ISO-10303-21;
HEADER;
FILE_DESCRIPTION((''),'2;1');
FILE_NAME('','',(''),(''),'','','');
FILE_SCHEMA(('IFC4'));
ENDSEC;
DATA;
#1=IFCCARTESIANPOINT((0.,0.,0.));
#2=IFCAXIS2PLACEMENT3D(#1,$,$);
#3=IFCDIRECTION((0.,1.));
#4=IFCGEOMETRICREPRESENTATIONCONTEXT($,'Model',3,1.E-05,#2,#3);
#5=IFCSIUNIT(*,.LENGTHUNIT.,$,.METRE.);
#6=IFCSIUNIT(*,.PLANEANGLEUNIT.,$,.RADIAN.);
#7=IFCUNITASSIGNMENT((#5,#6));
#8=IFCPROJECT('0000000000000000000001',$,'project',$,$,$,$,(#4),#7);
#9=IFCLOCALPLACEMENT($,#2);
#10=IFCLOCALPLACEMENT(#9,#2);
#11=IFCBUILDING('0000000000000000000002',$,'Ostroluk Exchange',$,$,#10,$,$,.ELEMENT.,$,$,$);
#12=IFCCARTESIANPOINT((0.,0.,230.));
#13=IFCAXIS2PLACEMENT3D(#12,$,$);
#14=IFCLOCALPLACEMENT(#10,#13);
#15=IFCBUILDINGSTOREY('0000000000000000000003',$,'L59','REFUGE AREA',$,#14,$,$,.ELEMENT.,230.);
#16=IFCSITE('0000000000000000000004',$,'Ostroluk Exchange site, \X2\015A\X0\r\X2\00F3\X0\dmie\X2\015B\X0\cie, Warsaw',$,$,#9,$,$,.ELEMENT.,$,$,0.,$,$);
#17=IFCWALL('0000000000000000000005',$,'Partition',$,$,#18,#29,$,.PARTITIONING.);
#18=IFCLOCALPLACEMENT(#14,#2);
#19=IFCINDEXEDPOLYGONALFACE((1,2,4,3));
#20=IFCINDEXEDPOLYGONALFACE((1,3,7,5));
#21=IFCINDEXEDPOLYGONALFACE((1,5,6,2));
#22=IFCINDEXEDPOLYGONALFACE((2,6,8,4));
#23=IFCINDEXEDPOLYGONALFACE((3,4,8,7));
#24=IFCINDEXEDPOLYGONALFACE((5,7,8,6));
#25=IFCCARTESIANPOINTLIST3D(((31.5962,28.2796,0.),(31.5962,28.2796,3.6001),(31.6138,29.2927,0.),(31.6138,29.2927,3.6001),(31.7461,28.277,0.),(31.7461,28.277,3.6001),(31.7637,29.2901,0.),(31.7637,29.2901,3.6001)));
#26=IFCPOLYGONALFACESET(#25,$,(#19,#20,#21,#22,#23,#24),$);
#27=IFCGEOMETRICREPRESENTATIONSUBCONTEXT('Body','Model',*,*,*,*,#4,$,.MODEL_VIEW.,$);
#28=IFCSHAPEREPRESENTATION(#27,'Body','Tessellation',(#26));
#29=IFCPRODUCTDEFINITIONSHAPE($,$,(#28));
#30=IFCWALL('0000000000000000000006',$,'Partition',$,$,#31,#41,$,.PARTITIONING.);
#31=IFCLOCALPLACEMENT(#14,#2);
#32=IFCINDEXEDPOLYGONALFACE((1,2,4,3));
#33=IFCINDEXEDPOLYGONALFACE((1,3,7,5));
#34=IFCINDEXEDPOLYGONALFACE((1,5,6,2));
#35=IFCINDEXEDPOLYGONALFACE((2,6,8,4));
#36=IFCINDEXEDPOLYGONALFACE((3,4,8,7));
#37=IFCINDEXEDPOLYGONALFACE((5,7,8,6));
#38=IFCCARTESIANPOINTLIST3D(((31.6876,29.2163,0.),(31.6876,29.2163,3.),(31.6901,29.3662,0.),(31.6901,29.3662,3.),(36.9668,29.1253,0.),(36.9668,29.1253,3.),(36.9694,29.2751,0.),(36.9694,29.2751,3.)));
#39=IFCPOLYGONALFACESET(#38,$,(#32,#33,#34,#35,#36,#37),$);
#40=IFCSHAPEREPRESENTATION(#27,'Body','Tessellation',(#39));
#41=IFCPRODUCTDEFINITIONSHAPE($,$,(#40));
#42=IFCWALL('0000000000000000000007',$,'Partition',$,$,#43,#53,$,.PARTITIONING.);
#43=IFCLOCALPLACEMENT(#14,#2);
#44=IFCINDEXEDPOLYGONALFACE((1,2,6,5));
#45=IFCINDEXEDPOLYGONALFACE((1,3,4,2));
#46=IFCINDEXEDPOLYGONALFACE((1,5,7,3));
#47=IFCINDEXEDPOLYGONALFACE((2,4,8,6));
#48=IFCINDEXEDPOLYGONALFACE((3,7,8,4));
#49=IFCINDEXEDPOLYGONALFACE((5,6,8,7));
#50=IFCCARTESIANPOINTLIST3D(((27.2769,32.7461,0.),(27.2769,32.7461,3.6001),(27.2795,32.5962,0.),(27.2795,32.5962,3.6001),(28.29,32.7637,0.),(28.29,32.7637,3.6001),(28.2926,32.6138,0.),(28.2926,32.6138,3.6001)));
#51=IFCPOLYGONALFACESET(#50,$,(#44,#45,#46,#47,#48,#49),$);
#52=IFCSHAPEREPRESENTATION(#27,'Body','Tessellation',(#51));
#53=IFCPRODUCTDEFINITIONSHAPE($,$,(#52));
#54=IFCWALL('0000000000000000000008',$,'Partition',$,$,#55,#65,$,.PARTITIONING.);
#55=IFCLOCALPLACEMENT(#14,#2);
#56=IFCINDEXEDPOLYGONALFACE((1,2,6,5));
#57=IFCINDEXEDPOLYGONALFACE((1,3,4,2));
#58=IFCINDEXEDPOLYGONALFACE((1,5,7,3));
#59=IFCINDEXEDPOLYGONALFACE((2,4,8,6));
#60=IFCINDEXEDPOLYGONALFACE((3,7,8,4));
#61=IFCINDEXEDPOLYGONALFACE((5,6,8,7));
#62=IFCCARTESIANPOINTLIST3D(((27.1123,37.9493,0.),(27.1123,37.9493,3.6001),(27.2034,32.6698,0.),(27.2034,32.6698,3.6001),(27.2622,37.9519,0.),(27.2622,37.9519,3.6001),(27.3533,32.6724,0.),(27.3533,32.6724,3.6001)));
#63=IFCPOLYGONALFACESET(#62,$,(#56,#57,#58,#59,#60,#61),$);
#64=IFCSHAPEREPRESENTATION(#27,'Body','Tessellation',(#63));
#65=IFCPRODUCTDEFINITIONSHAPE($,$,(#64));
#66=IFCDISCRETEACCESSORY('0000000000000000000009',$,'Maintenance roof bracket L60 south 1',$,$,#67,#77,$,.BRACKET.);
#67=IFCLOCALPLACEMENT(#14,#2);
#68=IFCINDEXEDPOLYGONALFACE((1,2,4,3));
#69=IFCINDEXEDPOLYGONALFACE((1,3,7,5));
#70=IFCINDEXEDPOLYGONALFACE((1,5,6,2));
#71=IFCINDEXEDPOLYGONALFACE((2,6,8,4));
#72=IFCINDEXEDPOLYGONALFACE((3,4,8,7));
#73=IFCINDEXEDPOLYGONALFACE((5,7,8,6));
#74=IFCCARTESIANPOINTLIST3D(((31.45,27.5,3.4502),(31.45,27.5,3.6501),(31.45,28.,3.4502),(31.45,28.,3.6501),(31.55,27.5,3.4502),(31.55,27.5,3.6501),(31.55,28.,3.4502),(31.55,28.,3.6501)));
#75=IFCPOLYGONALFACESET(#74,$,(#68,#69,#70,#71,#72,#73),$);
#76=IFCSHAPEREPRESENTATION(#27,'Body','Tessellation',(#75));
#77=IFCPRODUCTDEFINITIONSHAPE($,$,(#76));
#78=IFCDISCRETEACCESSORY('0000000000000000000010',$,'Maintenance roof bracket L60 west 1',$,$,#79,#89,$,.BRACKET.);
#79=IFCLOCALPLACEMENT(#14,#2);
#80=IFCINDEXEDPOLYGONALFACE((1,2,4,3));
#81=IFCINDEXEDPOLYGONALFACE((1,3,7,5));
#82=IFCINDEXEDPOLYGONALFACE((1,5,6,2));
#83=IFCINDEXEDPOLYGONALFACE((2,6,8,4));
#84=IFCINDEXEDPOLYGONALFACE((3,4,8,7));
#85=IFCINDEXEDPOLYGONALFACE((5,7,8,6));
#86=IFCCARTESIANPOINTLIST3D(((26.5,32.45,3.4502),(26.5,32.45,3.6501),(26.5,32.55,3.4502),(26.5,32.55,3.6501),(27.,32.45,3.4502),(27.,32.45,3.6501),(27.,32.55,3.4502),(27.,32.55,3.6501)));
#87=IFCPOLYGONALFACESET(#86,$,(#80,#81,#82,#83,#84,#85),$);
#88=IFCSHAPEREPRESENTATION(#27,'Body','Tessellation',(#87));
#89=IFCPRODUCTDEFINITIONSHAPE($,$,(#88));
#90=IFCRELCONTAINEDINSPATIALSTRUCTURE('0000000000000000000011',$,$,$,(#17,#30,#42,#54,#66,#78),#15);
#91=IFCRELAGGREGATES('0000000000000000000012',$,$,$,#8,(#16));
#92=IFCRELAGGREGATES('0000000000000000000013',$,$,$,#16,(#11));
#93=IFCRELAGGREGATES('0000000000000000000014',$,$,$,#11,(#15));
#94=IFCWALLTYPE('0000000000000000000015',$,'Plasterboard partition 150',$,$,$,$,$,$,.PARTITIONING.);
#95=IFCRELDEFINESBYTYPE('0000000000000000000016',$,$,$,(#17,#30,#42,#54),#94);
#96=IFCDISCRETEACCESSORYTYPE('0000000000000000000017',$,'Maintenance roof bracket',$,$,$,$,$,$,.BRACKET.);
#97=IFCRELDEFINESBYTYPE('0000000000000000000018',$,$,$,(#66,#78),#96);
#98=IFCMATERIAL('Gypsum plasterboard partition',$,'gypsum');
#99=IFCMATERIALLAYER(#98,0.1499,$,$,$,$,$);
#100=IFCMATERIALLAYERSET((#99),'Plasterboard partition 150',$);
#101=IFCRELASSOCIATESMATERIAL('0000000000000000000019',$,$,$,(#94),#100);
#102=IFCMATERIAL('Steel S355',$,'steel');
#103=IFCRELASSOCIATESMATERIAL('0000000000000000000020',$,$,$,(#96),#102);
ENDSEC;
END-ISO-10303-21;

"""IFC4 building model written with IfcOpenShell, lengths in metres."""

from ifc_helpers import new_model, si_unit, direction, frame, frame_2d, origin, origin_2d, place, context, subcontext, project, spatial, rectangle, extrude, material, layer, layer_set, type_object, element, save


model = new_model("IFC4")

# Units and contexts
model_context = context("Model", 3, precision=1e-05, world=origin(), true_north=direction((0.0, 1.0)))
body_context = subcontext(model_context, "Body", "Model", "MODEL_VIEW")
ifc_project = project(units=[si_unit("LENGTHUNIT", "METRE"), si_unit("PLANEANGLEUNIT", "RADIAN")], contexts=[model_context])

# Site, building, storey
site_placement = place(None, origin())
site = spatial("IfcSite", under=ifc_project, at=site_placement, Name="Ostroluk Exchange site, Śródmieście, Warsaw", CompositionType="ELEMENT", RefElevation=0.0)
building_placement = place(site_placement, origin())
building = spatial("IfcBuilding", under=site, at=building_placement, Name="Ostroluk Exchange", CompositionType="ELEMENT")
storey_placement = place(building_placement, frame((0.0, 0.0, 230.0)))
storey = spatial("IfcBuildingStorey", under=building, at=storey_placement, Name="L59", Description="REFUGE AREA", CompositionType="ELEMENT", Elevation=230.0)

# Shared definitions
ifc_material_1 = material(Name="Gypsum plasterboard partition", Category="gypsum")
ifc_layer_1 = layer(ifc_material_1, 0.1499)
ifc_layer_set_1 = layer_set([ifc_layer_1], Name="Plasterboard partition 150")
wall_type_1 = type_object("IfcWallType", Name="Plasterboard partition 150", PredefinedType="PARTITIONING", material=ifc_layer_set_1)

# Walls
wall_1_placement = place(storey_placement, frame((31.6711, 28.2783, 0.0), z_axis=(0.0, 0.0, 1.0), x_axis=(0.017351, 0.999849, 0.0)))
element("IfcWall", 1, at=wall_1_placement, inside=storey, type_object=wall_type_1, Name="Partition", PredefinedType="PARTITIONING", context=body_context, shape_type="SweptSolid", body=[
    extrude(rectangle(XDim=1.0132, YDim=0.1499, at=frame_2d((0.5066, 0.0))), origin(), (0.0, 0.0, 1.0), 3.6001),
])
wall_2_placement = place(storey_placement, frame((31.6887, 29.2913, 0.0), z_axis=(0.0, 0.0, 1.0), x_axis=(0.999851, -0.017247, 0.0)))
element("IfcWall", 2, at=wall_2_placement, inside=storey, type_object=wall_type_1, Name="Partition", PredefinedType="PARTITIONING", context=body_context, shape_type="SweptSolid", body=[
    extrude(rectangle(XDim=5.28, YDim=0.1499, at=frame_2d((2.6401, 0.0))), origin(), (0.0, 0.0, 1.0), 3.0),
])
wall_3_placement = place(storey_placement, frame((28.2913, 32.6887, 0.0), z_axis=(0.0, 0.0, 1.0), x_axis=(-0.999849, -0.017351, 0.0)))
element("IfcWall", 3, at=wall_3_placement, inside=storey, type_object=wall_type_1, Name="Partition", PredefinedType="PARTITIONING", context=body_context, shape_type="SweptSolid", body=[
    extrude(rectangle(XDim=1.0132, YDim=0.1499, at=frame_2d((0.5066, 0.0))), origin(), (0.0, 0.0, 1.0), 3.6001),
])
wall_4_placement = place(storey_placement, frame((27.2783, 32.6711, 0.0), z_axis=(0.0, 0.0, 1.0), x_axis=(-0.017246, 0.999851, 0.0)))
element("IfcWall", 4, at=wall_4_placement, inside=storey, type_object=wall_type_1, Name="Partition", PredefinedType="PARTITIONING", context=body_context, shape_type="SweptSolid", body=[
    extrude(rectangle(XDim=5.2803, YDim=0.1499, at=frame_2d((2.6401, 0.0))), origin(), (0.0, 0.0, 1.0), 3.6001),
])

# Discrete accessories
ifc_material_2 = material(Name="Steel S355", Category="steel")
discrete_accessory_type = type_object("IfcDiscreteAccessoryType", Name="Maintenance roof bracket", PredefinedType="BRACKET", material=ifc_material_2)
discrete_accessory_1_placement = place(storey_placement, frame((31.5, 27.75, 3.4502), z_axis=(0.0, 0.0, 1.0), x_axis=(1.0, 0.0, 0.0)))
element("IfcDiscreteAccessory", 5, at=discrete_accessory_1_placement, inside=storey, type_object=discrete_accessory_type, Name="Maintenance roof bracket L60 south 1", PredefinedType="BRACKET", context=body_context, shape_type="SweptSolid", body=[
    extrude(rectangle(XDim=0.1001, YDim=0.5, at=origin_2d()), origin(), (0.0, 0.0, 1.0), 0.2),
])
discrete_accessory_2_placement = place(storey_placement, frame((26.75, 32.5, 3.4502), z_axis=(0.0, 0.0, 1.0), x_axis=(1.0, 0.0, 0.0)))
element("IfcDiscreteAccessory", 6, at=discrete_accessory_2_placement, inside=storey, type_object=discrete_accessory_type, Name="Maintenance roof bracket L60 west 1", PredefinedType="BRACKET", context=body_context, shape_type="SweptSolid", body=[
    extrude(rectangle(XDim=0.5, YDim=0.1001, at=origin_2d()), origin(), (0.0, 0.0, 1.0), 0.2),
])

save(model, "model.ifc")
